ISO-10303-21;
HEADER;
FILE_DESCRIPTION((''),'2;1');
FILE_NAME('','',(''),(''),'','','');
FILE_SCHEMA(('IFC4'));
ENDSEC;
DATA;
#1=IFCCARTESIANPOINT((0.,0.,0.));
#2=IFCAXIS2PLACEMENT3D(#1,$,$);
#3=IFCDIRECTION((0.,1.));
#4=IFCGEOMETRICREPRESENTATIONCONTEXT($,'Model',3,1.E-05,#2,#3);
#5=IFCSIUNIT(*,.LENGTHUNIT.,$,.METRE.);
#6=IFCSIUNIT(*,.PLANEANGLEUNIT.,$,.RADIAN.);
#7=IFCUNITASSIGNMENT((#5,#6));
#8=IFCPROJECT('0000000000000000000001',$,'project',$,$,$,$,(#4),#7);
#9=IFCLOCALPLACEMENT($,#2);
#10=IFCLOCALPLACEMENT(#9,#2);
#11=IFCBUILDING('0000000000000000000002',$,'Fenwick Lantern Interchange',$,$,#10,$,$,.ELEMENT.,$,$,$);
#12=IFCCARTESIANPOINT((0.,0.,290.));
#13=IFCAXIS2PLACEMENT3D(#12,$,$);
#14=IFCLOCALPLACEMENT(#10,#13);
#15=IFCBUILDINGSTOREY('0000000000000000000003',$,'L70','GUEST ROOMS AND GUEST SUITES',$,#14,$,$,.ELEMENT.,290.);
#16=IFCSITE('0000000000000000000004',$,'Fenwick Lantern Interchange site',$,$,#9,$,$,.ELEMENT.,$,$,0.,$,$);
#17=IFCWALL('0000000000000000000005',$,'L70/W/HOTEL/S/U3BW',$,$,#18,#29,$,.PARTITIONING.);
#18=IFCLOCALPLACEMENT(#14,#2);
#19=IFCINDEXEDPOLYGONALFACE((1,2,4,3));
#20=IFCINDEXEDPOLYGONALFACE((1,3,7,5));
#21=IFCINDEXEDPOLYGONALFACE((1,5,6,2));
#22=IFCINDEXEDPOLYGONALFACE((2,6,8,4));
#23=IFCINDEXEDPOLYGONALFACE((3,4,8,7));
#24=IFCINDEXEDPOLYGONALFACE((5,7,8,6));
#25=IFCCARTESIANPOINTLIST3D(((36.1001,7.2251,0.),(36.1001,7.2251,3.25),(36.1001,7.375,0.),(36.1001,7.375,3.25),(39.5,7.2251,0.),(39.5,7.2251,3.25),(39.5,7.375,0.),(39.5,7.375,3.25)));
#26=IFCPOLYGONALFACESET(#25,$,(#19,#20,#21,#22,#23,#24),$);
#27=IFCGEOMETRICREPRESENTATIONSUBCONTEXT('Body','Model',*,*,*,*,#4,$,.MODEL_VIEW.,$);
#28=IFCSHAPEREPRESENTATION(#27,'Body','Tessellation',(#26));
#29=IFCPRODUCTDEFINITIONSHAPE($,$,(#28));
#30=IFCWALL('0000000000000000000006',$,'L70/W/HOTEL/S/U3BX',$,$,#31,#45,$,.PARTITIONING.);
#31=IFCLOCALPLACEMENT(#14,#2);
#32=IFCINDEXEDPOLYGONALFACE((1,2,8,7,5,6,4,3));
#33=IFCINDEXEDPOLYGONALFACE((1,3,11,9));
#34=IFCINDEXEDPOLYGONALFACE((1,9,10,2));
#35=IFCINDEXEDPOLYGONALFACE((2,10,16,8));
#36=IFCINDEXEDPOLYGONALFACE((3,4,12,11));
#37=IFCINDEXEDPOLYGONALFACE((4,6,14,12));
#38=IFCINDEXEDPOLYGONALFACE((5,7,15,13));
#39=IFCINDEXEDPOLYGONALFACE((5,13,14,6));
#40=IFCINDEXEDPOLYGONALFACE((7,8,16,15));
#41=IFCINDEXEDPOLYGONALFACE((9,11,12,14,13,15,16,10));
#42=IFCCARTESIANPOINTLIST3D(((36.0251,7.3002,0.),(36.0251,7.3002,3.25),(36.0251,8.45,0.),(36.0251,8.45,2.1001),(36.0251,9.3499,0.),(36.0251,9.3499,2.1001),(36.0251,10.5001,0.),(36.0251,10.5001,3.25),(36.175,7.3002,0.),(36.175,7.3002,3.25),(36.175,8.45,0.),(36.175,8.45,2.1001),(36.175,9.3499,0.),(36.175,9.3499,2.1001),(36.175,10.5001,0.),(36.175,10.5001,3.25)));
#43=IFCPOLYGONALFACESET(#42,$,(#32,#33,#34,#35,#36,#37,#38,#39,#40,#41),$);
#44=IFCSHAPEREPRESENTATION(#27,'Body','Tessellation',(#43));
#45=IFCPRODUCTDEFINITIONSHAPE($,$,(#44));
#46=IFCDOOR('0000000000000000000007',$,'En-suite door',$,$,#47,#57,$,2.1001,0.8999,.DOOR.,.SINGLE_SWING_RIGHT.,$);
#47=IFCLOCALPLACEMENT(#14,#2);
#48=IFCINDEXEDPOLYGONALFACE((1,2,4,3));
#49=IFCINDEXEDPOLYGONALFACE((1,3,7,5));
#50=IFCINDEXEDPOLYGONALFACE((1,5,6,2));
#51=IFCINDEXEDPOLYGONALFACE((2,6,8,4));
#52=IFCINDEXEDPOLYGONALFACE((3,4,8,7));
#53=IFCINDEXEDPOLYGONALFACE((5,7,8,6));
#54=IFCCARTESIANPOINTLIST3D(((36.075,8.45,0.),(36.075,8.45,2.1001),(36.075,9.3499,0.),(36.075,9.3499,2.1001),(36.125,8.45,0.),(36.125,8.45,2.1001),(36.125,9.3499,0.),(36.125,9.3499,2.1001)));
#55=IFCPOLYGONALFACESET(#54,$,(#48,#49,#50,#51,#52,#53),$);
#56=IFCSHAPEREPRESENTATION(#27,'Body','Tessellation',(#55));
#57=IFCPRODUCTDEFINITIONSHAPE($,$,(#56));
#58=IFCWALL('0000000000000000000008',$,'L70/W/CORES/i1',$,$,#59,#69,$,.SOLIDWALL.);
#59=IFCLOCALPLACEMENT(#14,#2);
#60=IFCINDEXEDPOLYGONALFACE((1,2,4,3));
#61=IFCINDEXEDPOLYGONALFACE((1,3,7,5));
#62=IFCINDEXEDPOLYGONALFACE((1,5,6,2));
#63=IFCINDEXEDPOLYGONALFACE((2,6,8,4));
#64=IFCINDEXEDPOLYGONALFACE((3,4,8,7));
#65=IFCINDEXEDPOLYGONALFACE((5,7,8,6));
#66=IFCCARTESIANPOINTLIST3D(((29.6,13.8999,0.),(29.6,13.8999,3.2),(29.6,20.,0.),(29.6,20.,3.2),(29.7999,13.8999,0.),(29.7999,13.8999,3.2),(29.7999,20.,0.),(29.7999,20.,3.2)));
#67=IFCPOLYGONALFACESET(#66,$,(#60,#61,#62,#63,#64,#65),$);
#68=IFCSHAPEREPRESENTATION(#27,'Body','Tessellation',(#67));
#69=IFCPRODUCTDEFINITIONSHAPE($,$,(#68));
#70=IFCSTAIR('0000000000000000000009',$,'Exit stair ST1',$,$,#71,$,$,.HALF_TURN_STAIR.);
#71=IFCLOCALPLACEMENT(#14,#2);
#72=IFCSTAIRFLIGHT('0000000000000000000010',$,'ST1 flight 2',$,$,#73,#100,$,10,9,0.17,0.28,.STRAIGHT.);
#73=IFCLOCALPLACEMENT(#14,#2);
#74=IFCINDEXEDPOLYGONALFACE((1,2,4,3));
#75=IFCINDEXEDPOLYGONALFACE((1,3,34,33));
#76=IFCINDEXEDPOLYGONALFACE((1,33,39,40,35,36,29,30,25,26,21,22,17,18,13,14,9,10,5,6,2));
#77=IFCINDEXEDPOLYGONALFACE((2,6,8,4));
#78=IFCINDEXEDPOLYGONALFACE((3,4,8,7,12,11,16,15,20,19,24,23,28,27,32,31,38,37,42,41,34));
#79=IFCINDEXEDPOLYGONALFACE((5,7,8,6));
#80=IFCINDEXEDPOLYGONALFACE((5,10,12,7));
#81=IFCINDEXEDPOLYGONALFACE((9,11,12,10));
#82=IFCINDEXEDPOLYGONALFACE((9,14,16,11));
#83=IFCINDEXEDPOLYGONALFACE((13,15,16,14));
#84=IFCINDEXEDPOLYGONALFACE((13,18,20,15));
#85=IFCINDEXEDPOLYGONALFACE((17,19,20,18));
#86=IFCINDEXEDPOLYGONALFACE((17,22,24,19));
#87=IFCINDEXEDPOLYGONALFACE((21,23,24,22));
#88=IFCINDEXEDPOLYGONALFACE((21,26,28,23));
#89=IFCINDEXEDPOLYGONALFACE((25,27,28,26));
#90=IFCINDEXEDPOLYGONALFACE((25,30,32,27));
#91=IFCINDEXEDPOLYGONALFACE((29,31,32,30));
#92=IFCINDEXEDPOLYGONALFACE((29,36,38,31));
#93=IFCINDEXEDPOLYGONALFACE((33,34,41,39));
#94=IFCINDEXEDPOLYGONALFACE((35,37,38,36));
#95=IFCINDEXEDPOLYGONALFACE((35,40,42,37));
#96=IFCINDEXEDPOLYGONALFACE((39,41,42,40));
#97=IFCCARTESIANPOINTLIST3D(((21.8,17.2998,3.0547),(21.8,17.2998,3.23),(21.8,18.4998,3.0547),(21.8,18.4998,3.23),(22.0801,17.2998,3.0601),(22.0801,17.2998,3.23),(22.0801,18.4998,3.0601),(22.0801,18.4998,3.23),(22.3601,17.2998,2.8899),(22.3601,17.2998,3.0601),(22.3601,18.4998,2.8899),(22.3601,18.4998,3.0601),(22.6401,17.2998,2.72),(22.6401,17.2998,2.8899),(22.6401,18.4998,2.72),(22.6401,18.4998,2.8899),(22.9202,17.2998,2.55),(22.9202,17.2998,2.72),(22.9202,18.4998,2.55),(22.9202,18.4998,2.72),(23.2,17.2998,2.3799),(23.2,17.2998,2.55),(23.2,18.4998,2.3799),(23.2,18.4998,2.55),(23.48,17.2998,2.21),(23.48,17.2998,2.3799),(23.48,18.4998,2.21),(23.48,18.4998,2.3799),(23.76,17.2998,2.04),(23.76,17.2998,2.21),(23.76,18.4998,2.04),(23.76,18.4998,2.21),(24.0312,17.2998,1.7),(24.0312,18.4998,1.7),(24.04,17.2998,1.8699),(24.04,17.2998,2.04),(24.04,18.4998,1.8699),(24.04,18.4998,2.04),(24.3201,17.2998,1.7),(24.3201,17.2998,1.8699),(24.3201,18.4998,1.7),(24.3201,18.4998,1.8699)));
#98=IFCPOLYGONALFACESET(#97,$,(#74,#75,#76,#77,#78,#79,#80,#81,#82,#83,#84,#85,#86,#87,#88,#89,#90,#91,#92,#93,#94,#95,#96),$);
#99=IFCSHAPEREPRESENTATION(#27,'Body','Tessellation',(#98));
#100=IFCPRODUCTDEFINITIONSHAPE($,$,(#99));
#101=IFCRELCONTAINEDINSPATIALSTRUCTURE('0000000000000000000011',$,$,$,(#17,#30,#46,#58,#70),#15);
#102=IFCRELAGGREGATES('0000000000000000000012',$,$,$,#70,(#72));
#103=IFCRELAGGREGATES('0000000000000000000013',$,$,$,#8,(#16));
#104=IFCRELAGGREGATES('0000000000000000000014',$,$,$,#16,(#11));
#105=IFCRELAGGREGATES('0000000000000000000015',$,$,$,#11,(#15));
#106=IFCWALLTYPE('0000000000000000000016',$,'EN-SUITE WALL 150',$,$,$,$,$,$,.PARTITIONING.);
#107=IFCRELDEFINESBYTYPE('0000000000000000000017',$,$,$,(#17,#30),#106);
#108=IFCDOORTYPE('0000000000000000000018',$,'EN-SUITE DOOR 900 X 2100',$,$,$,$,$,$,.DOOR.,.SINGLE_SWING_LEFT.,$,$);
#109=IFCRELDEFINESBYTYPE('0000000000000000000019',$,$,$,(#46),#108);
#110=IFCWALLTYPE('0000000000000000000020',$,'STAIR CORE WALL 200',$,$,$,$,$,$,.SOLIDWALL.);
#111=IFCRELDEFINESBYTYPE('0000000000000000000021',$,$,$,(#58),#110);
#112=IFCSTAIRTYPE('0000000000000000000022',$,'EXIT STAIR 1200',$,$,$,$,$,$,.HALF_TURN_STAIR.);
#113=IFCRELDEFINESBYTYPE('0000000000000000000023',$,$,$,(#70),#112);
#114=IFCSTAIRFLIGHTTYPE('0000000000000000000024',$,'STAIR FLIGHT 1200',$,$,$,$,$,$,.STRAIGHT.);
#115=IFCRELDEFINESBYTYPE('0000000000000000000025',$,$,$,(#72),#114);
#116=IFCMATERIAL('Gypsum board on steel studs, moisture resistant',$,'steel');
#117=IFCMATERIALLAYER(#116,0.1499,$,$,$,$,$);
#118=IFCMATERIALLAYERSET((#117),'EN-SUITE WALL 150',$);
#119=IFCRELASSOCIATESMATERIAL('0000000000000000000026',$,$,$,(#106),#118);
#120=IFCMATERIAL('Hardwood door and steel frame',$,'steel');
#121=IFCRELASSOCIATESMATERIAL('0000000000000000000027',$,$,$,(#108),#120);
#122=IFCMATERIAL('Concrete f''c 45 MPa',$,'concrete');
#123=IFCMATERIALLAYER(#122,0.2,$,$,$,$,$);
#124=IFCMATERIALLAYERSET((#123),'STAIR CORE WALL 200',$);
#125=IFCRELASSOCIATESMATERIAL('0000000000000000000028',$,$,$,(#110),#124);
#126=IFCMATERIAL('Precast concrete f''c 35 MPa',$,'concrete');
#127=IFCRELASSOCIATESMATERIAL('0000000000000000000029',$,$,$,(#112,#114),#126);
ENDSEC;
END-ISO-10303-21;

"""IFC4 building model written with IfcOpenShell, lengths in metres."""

from ifc_helpers import new_model, si_unit, direction, frame, frame_2d, origin, place, context, subcontext, project, spatial, polyline, rectangle, outline, extrude, material, layer, layer_set, type_object, element, fill, aggregate, save


model = new_model("IFC4")

# Units and contexts
model_context = context("Model", 3, precision=1e-05, world=origin(), true_north=direction((0.0, 1.0)))
body_context = subcontext(model_context, "Body", "Model", "MODEL_VIEW")
ifc_project = project(units=[si_unit("LENGTHUNIT", "METRE"), si_unit("PLANEANGLEUNIT", "RADIAN")], contexts=[model_context])

# Site, building, storey
site_placement = place(None, origin())
site = spatial("IfcSite", under=ifc_project, at=site_placement, Name="Fenwick Lantern Interchange site", CompositionType="ELEMENT", RefElevation=0.0)
building_placement = place(site_placement, origin())
building = spatial("IfcBuilding", under=site, at=building_placement, Name="Fenwick Lantern Interchange", CompositionType="ELEMENT")
storey_placement = place(building_placement, frame((0.0, 0.0, 290.0)))
storey = spatial("IfcBuildingStorey", under=building, at=storey_placement, Name="L70", Description="GUEST ROOMS AND GUEST SUITES", CompositionType="ELEMENT", Elevation=290.0)

# Wall
ifc_material_1 = material(Name="Gypsum board on steel studs, moisture resistant", Category="steel")
ifc_layer_1 = layer(ifc_material_1, 0.1499)
ifc_layer_set_1 = layer_set([ifc_layer_1], Name="EN-SUITE WALL 150")
wall_type_1 = type_object("IfcWallType", Name="EN-SUITE WALL 150", PredefinedType="PARTITIONING", material=ifc_layer_set_1)
wall_1_placement = place(storey_placement, frame((36.1001, 7.3, 0.0), z_axis=(0.0, 0.0, 1.0), x_axis=(1.0, 0.0, 0.0)))
element("IfcWall", 1, at=wall_1_placement, inside=storey, type_object=wall_type_1, Name="L70/W/HOTEL/S/U3BW", PredefinedType="PARTITIONING", context=body_context, shape_type="SweptSolid", body=[
    extrude(rectangle(XDim=3.3999, YDim=0.1499, at=frame_2d((1.7, 0.0))), origin(), (0.0, 0.0, 1.0), 3.25),
])

# Wall, opening, door
wall_2_placement = place(storey_placement, frame((36.1001, 7.3, 0.0), z_axis=(0.0, 0.0, 1.0), x_axis=(0.0, 1.0, 0.0)))
wall_2 = element("IfcWall", 2, at=wall_2_placement, inside=storey, type_object=wall_type_1, Name="L70/W/HOTEL/S/U3BX", PredefinedType="PARTITIONING", context=body_context, shape_type="SweptSolid", body=[
    extrude(rectangle(XDim=3.2, YDim=0.1499, at=frame_2d((1.6001, 0.0))), origin(), (0.0, 0.0, 1.0), 3.25),
])
opening_1_placement = place(wall_2_placement, frame((1.1499, 0.0, 0.0)))
opening_1 = element("IfcOpeningElement", 3, at=opening_1_placement, cuts=wall_2, PredefinedType="OPENING", context=body_context, shape_type="SweptSolid", body=[
    extrude(rectangle(XDim=0.8999, YDim=2.1001, at=frame_2d((0.45, 1.05))), frame((0.0, 0.085, 0.0), z_axis=(0.0, -1.0, 0.0), x_axis=(1.0, 0.0, 0.0)), (0.0, 0.0, 1.0), 0.1699),
])
ifc_material_2 = material(Name="Hardwood door and steel frame", Category="steel")
door_type_1 = type_object("IfcDoorType", Name="EN-SUITE DOOR 900 X 2100", OperationType="SINGLE_SWING_LEFT", PredefinedType="DOOR", material=ifc_material_2)
door_1_placement = place(opening_1_placement, frame((0.8999, 0.0, 0.0), z_axis=(0.0, 0.0, 1.0), x_axis=(-1.0, 0.0, 0.0)))
door_1 = element("IfcDoor", 4, at=door_1_placement, inside=storey, type_object=door_type_1, Name="En-suite door", OperationType="SINGLE_SWING_RIGHT", OverallHeight=2.1001, OverallWidth=0.8999, PredefinedType="DOOR", context=body_context, shape_type="SweptSolid", body=[
    extrude(rectangle(XDim=0.8999, YDim=2.1001, at=frame_2d((0.45, 1.05))), frame((0.0, 0.0249, 0.0), z_axis=(0.0, -1.0, 0.0), x_axis=(1.0, 0.0, 0.0)), (0.0, 0.0, 1.0), 0.05),
])
fill(opening_1, door_1)

# Wall
ifc_material_3 = material(Name="Concrete f'c 45 MPa", Category="concrete")
ifc_layer_2 = layer(ifc_material_3, 0.2)
ifc_layer_set_2 = layer_set([ifc_layer_2], Name="STAIR CORE WALL 200")
wall_type_2 = type_object("IfcWallType", Name="STAIR CORE WALL 200", PredefinedType="SOLIDWALL", material=ifc_layer_set_2)
wall_3_placement = place(storey_placement, frame((29.7, 13.8999, 0.0), z_axis=(0.0, 0.0, 1.0), x_axis=(0.0, 1.0, 0.0)))
element("IfcWall", 5, at=wall_3_placement, inside=storey, type_object=wall_type_2, Name="L70/W/CORES/i1", PredefinedType="SOLIDWALL", context=body_context, shape_type="SweptSolid", body=[
    extrude(rectangle(XDim=6.1001, YDim=0.2, at=frame_2d((3.05, 0.0))), origin(), (0.0, 0.0, 1.0), 3.2),
])

# Stair, stair flight
ifc_material_4 = material(Name="Precast concrete f'c 35 MPa", Category="concrete")
stair_type = type_object("IfcStairType", Name="EXIT STAIR 1200", PredefinedType="HALF_TURN_STAIR", material=ifc_material_4)
stair_placement = place(storey_placement, origin())
stair = element("IfcStair", 6, at=stair_placement, inside=storey, type_object=stair_type, Name="Exit stair ST1", PredefinedType="HALF_TURN_STAIR")
stair_flight_type = type_object("IfcStairFlightType", Name="STAIR FLIGHT 1200", PredefinedType="STRAIGHT", material=ifc_material_4)
stair_flight_placement = place(storey_placement, frame((24.3201, 17.8999, 1.7), z_axis=(0.0, 0.0, 1.0), x_axis=(-1.0, 0.0, 0.0)))
stair_flight = element("IfcStairFlight", 7, at=stair_flight_placement, type_object=stair_flight_type, Name="ST1 flight 2", NumberOfRisers=10, NumberOfTreads=9, PredefinedType="STRAIGHT", RiserHeight=0.17, TreadLength=0.28, context=body_context, shape_type="SweptSolid", body=[
    extrude(outline(polyline([(0.0, 0.0), (0.0, 0.1699), (0.28, 0.1699), (0.28, 0.3401), (0.5601, 0.3401), (0.5601, 0.51), (0.8401, 0.51), (0.8401, 0.6799), (1.1201, 0.6799), (1.1201, 0.8501), (1.3999, 0.8501), (1.3999, 1.02), (1.6799, 1.02), (1.6799, 1.1899), (1.96, 1.1899), (1.96, 1.3601), (2.24, 1.3601), (2.24, 1.53), (2.52, 1.53), (2.52, 1.7), (2.52, 1.3547), (0.2888, 0.0), (0.0, 0.0)])), frame((0.0, 0.6001, 0.0), z_axis=(0.0, -1.0, 0.0), x_axis=(1.0, 0.0, 0.0)), (0.0, 0.0, 1.0), 1.2),
])
aggregate(stair, [stair_flight])

save(model, "model.ifc")
